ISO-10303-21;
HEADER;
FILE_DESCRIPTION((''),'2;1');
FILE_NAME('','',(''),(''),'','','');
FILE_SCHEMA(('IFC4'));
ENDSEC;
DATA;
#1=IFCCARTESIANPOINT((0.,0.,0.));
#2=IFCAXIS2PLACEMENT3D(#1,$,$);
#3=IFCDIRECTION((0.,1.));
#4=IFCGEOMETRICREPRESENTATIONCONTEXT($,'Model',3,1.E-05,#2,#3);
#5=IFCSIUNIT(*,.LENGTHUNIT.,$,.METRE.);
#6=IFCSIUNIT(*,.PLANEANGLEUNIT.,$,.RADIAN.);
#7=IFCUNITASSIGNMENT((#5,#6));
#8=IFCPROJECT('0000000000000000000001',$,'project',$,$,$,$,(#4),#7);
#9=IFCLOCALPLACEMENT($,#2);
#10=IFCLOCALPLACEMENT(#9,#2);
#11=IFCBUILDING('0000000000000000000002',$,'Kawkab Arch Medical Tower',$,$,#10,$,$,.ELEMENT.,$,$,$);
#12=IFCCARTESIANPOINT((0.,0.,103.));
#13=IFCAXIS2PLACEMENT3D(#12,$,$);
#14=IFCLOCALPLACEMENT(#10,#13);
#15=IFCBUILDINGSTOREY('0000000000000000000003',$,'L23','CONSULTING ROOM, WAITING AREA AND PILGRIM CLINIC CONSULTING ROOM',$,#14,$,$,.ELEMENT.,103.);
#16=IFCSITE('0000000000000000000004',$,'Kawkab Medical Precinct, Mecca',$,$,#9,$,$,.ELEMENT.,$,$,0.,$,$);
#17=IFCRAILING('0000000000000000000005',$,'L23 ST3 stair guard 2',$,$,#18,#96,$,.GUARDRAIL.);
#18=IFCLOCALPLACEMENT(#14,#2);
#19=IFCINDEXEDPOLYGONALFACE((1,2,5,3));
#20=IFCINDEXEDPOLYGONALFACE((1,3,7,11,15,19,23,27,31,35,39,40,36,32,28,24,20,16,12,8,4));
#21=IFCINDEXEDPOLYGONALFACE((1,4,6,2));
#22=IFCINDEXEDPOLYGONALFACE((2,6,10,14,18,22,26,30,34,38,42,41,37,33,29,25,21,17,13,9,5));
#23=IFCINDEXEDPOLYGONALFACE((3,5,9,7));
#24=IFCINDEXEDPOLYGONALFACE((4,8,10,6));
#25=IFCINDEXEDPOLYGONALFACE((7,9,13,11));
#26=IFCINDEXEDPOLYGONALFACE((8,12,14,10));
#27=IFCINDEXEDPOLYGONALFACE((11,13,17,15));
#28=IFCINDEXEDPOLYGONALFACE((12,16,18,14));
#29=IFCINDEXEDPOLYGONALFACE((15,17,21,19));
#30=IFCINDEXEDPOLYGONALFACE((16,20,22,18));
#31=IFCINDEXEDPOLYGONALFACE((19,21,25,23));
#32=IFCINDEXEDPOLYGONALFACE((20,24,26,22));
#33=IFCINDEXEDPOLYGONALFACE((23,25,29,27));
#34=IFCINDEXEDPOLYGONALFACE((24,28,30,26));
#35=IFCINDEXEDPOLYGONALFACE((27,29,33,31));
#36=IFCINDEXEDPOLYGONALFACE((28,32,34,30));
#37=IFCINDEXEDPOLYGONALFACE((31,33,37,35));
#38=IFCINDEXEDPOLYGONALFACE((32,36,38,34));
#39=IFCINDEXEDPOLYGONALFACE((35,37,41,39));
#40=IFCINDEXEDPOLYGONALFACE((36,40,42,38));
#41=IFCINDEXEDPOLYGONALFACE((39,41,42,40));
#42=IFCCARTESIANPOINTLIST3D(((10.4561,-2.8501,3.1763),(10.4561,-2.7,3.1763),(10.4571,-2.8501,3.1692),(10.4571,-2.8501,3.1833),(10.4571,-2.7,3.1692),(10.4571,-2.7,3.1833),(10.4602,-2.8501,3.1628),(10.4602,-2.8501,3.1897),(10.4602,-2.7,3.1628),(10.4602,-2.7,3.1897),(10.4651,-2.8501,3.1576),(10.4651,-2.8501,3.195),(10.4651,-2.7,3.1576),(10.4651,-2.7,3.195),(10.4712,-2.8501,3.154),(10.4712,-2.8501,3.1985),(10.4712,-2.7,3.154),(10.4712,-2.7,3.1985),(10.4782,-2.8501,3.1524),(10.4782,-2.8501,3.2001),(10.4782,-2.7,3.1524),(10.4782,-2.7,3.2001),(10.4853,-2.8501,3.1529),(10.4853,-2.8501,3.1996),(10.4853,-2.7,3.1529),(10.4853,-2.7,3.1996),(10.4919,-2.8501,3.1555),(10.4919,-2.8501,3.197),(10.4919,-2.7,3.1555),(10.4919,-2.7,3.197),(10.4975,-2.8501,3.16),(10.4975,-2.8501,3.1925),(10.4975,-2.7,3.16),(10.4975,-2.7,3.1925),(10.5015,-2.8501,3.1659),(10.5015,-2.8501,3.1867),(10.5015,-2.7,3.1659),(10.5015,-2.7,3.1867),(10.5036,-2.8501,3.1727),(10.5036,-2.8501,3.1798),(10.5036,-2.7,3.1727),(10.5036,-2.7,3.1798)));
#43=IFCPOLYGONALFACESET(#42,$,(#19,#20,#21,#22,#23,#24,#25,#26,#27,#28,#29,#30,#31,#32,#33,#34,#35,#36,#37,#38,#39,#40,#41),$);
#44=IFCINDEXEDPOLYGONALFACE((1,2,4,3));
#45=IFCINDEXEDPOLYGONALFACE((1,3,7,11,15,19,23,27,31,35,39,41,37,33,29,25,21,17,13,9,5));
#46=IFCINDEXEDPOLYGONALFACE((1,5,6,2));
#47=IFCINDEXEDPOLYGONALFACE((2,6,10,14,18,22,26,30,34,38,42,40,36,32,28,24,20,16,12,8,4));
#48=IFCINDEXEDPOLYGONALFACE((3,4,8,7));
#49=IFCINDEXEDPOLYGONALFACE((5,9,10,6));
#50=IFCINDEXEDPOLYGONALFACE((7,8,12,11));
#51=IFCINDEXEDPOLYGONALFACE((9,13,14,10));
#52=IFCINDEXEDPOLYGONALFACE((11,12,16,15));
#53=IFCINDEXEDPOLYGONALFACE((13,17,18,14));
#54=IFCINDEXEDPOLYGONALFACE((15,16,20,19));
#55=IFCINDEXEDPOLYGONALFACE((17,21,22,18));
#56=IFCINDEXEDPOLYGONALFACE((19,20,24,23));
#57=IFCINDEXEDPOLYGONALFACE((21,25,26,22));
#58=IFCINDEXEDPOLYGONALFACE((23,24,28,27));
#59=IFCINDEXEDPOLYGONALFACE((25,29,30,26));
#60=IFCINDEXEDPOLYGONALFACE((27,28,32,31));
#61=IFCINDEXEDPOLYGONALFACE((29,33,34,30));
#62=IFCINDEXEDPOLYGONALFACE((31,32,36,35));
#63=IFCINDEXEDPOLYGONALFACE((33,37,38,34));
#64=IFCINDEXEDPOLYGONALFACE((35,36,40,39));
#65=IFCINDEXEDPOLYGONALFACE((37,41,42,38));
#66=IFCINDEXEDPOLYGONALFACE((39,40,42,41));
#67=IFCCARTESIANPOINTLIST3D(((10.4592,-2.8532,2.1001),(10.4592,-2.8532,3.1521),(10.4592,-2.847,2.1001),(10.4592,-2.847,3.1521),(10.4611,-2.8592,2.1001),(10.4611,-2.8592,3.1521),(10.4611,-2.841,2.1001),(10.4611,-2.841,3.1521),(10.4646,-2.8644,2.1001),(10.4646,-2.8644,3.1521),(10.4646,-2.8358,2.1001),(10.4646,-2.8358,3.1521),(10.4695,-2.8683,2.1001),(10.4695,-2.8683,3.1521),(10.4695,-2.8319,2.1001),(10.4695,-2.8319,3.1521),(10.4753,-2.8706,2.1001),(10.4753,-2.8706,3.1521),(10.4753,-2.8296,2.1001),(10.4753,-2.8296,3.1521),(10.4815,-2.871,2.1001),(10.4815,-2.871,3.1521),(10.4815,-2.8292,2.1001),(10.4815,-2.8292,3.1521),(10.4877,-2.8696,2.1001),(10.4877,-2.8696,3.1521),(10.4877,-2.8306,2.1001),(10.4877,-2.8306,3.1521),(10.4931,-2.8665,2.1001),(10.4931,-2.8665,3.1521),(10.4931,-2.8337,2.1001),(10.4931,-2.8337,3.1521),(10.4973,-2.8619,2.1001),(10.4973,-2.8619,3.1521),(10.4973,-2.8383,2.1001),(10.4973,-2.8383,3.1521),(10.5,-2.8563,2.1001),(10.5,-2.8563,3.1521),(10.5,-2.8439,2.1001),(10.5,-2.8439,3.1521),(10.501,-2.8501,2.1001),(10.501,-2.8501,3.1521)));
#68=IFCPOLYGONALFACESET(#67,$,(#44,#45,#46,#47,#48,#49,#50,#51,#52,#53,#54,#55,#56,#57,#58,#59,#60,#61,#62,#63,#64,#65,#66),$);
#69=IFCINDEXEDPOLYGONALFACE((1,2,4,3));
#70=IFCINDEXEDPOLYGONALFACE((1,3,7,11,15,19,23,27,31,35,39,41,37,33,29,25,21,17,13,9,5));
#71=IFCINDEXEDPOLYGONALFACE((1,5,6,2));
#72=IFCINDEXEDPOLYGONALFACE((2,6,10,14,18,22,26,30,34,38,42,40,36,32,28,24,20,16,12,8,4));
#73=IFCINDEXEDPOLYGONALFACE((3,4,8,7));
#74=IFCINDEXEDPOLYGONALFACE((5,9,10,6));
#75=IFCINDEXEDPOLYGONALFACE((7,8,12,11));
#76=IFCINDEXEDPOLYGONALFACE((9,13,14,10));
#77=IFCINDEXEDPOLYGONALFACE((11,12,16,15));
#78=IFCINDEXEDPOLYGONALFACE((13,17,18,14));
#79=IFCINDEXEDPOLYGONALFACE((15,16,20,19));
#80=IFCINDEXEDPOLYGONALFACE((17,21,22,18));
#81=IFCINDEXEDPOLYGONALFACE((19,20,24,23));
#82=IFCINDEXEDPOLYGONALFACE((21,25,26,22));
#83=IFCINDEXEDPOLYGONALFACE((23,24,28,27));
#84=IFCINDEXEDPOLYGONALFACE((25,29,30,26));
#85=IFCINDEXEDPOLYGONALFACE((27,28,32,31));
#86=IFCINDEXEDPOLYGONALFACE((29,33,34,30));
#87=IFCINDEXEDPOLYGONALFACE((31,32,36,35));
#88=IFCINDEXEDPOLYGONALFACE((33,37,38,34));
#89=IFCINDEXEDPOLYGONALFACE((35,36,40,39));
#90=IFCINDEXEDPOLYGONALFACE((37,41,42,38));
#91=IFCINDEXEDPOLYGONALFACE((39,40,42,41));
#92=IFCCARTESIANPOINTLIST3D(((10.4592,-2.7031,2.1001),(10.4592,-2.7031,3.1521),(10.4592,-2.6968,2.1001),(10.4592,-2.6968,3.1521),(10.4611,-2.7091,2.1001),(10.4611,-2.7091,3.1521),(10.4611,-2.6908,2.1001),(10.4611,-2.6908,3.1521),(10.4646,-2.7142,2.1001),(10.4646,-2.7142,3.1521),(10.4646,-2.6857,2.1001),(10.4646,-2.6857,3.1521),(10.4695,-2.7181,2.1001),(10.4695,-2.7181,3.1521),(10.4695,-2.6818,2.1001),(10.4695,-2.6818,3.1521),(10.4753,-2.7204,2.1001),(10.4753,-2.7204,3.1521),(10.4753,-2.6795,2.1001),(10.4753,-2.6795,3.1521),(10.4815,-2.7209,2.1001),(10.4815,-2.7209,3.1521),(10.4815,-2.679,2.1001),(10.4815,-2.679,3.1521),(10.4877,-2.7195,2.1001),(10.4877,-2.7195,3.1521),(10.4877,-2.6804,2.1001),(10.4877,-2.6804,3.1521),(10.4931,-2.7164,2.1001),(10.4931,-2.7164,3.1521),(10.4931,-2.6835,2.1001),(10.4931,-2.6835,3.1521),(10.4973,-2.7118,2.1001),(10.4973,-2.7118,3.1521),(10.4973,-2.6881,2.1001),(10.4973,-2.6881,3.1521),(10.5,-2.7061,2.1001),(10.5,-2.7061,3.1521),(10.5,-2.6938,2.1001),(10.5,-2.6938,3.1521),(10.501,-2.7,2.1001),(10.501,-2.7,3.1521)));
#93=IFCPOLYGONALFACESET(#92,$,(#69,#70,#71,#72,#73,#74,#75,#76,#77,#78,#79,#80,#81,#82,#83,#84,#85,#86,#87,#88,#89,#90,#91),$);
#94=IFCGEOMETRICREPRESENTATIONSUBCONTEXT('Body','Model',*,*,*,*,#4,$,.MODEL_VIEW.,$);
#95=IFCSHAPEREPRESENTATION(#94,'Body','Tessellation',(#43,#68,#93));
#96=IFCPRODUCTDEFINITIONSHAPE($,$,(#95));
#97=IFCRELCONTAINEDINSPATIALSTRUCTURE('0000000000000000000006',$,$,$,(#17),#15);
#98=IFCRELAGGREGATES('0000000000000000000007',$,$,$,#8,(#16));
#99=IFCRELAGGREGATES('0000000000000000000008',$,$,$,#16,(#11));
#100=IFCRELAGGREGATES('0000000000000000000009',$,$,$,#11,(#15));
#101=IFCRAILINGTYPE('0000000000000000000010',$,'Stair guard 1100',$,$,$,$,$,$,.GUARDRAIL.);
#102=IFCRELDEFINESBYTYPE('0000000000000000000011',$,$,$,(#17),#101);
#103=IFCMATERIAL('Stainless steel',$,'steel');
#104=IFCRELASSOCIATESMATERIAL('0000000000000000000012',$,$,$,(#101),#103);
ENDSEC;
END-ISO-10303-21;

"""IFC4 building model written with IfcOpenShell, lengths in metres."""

from ifc_helpers import new_model, si_unit, direction, frame, origin, origin_2d, place, context, subcontext, project, spatial, circle, extrude, material, type_object, element, save


model = new_model("IFC4")

# Units and contexts
model_context = context("Model", 3, precision=1e-05, world=origin(), true_north=direction((0.0, 1.0)))
body_context = subcontext(model_context, "Body", "Model", "MODEL_VIEW")
ifc_project = project(units=[si_unit("LENGTHUNIT", "METRE"), si_unit("PLANEANGLEUNIT", "RADIAN")], contexts=[model_context])

# Site, building, storey
site_placement = place(None, origin())
site = spatial("IfcSite", under=ifc_project, at=site_placement, Name="Kawkab Medical Precinct, Mecca", CompositionType="ELEMENT", RefElevation=0.0)
building_placement = place(site_placement, origin())
building = spatial("IfcBuilding", under=site, at=building_placement, Name="Kawkab Arch Medical Tower", CompositionType="ELEMENT")
storey_placement = place(building_placement, frame((0.0, 0.0, 103.0)))
storey = spatial("IfcBuildingStorey", under=building, at=storey_placement, Name="L23", Description="CONSULTING ROOM, WAITING AREA AND PILGRIM CLINIC CONSULTING ROOM", CompositionType="ELEMENT", Elevation=103.0)

# Railing
ifc_material_1 = material(Name="Stainless steel", Category="steel")
railing_type_1 = type_object("IfcRailingType", Name="Stair guard 1100", PredefinedType="GUARDRAIL", material=ifc_material_1)
railing_1_placement = place(storey_placement, frame((10.48, -2.8501, 2.1001)))
element("IfcRailing", 1, at=railing_1_placement, inside=storey, type_object=railing_type_1, Name="L23 ST3 stair guard 2", PredefinedType="GUARDRAIL", context=body_context, shape_type="SweptSolid", body=[
    extrude(circle(Radius=0.0239, at=origin_2d()), frame((0.0, 0.0, 1.0762), z_axis=(0.0, 1.0, 0.0), x_axis=(-1.0, 0.0, 0.0)), (0.0, 0.0, 1.0), 0.1501),
    extrude(circle(Radius=0.021, at=origin_2d()), origin(), (0.0, 0.0, 1.0), 1.052),
    extrude(circle(Radius=0.021, at=origin_2d()), frame((0.0, 0.1501, 0.0)), (0.0, 0.0, 1.0), 1.052),
])

save(model, "model.ifc")
